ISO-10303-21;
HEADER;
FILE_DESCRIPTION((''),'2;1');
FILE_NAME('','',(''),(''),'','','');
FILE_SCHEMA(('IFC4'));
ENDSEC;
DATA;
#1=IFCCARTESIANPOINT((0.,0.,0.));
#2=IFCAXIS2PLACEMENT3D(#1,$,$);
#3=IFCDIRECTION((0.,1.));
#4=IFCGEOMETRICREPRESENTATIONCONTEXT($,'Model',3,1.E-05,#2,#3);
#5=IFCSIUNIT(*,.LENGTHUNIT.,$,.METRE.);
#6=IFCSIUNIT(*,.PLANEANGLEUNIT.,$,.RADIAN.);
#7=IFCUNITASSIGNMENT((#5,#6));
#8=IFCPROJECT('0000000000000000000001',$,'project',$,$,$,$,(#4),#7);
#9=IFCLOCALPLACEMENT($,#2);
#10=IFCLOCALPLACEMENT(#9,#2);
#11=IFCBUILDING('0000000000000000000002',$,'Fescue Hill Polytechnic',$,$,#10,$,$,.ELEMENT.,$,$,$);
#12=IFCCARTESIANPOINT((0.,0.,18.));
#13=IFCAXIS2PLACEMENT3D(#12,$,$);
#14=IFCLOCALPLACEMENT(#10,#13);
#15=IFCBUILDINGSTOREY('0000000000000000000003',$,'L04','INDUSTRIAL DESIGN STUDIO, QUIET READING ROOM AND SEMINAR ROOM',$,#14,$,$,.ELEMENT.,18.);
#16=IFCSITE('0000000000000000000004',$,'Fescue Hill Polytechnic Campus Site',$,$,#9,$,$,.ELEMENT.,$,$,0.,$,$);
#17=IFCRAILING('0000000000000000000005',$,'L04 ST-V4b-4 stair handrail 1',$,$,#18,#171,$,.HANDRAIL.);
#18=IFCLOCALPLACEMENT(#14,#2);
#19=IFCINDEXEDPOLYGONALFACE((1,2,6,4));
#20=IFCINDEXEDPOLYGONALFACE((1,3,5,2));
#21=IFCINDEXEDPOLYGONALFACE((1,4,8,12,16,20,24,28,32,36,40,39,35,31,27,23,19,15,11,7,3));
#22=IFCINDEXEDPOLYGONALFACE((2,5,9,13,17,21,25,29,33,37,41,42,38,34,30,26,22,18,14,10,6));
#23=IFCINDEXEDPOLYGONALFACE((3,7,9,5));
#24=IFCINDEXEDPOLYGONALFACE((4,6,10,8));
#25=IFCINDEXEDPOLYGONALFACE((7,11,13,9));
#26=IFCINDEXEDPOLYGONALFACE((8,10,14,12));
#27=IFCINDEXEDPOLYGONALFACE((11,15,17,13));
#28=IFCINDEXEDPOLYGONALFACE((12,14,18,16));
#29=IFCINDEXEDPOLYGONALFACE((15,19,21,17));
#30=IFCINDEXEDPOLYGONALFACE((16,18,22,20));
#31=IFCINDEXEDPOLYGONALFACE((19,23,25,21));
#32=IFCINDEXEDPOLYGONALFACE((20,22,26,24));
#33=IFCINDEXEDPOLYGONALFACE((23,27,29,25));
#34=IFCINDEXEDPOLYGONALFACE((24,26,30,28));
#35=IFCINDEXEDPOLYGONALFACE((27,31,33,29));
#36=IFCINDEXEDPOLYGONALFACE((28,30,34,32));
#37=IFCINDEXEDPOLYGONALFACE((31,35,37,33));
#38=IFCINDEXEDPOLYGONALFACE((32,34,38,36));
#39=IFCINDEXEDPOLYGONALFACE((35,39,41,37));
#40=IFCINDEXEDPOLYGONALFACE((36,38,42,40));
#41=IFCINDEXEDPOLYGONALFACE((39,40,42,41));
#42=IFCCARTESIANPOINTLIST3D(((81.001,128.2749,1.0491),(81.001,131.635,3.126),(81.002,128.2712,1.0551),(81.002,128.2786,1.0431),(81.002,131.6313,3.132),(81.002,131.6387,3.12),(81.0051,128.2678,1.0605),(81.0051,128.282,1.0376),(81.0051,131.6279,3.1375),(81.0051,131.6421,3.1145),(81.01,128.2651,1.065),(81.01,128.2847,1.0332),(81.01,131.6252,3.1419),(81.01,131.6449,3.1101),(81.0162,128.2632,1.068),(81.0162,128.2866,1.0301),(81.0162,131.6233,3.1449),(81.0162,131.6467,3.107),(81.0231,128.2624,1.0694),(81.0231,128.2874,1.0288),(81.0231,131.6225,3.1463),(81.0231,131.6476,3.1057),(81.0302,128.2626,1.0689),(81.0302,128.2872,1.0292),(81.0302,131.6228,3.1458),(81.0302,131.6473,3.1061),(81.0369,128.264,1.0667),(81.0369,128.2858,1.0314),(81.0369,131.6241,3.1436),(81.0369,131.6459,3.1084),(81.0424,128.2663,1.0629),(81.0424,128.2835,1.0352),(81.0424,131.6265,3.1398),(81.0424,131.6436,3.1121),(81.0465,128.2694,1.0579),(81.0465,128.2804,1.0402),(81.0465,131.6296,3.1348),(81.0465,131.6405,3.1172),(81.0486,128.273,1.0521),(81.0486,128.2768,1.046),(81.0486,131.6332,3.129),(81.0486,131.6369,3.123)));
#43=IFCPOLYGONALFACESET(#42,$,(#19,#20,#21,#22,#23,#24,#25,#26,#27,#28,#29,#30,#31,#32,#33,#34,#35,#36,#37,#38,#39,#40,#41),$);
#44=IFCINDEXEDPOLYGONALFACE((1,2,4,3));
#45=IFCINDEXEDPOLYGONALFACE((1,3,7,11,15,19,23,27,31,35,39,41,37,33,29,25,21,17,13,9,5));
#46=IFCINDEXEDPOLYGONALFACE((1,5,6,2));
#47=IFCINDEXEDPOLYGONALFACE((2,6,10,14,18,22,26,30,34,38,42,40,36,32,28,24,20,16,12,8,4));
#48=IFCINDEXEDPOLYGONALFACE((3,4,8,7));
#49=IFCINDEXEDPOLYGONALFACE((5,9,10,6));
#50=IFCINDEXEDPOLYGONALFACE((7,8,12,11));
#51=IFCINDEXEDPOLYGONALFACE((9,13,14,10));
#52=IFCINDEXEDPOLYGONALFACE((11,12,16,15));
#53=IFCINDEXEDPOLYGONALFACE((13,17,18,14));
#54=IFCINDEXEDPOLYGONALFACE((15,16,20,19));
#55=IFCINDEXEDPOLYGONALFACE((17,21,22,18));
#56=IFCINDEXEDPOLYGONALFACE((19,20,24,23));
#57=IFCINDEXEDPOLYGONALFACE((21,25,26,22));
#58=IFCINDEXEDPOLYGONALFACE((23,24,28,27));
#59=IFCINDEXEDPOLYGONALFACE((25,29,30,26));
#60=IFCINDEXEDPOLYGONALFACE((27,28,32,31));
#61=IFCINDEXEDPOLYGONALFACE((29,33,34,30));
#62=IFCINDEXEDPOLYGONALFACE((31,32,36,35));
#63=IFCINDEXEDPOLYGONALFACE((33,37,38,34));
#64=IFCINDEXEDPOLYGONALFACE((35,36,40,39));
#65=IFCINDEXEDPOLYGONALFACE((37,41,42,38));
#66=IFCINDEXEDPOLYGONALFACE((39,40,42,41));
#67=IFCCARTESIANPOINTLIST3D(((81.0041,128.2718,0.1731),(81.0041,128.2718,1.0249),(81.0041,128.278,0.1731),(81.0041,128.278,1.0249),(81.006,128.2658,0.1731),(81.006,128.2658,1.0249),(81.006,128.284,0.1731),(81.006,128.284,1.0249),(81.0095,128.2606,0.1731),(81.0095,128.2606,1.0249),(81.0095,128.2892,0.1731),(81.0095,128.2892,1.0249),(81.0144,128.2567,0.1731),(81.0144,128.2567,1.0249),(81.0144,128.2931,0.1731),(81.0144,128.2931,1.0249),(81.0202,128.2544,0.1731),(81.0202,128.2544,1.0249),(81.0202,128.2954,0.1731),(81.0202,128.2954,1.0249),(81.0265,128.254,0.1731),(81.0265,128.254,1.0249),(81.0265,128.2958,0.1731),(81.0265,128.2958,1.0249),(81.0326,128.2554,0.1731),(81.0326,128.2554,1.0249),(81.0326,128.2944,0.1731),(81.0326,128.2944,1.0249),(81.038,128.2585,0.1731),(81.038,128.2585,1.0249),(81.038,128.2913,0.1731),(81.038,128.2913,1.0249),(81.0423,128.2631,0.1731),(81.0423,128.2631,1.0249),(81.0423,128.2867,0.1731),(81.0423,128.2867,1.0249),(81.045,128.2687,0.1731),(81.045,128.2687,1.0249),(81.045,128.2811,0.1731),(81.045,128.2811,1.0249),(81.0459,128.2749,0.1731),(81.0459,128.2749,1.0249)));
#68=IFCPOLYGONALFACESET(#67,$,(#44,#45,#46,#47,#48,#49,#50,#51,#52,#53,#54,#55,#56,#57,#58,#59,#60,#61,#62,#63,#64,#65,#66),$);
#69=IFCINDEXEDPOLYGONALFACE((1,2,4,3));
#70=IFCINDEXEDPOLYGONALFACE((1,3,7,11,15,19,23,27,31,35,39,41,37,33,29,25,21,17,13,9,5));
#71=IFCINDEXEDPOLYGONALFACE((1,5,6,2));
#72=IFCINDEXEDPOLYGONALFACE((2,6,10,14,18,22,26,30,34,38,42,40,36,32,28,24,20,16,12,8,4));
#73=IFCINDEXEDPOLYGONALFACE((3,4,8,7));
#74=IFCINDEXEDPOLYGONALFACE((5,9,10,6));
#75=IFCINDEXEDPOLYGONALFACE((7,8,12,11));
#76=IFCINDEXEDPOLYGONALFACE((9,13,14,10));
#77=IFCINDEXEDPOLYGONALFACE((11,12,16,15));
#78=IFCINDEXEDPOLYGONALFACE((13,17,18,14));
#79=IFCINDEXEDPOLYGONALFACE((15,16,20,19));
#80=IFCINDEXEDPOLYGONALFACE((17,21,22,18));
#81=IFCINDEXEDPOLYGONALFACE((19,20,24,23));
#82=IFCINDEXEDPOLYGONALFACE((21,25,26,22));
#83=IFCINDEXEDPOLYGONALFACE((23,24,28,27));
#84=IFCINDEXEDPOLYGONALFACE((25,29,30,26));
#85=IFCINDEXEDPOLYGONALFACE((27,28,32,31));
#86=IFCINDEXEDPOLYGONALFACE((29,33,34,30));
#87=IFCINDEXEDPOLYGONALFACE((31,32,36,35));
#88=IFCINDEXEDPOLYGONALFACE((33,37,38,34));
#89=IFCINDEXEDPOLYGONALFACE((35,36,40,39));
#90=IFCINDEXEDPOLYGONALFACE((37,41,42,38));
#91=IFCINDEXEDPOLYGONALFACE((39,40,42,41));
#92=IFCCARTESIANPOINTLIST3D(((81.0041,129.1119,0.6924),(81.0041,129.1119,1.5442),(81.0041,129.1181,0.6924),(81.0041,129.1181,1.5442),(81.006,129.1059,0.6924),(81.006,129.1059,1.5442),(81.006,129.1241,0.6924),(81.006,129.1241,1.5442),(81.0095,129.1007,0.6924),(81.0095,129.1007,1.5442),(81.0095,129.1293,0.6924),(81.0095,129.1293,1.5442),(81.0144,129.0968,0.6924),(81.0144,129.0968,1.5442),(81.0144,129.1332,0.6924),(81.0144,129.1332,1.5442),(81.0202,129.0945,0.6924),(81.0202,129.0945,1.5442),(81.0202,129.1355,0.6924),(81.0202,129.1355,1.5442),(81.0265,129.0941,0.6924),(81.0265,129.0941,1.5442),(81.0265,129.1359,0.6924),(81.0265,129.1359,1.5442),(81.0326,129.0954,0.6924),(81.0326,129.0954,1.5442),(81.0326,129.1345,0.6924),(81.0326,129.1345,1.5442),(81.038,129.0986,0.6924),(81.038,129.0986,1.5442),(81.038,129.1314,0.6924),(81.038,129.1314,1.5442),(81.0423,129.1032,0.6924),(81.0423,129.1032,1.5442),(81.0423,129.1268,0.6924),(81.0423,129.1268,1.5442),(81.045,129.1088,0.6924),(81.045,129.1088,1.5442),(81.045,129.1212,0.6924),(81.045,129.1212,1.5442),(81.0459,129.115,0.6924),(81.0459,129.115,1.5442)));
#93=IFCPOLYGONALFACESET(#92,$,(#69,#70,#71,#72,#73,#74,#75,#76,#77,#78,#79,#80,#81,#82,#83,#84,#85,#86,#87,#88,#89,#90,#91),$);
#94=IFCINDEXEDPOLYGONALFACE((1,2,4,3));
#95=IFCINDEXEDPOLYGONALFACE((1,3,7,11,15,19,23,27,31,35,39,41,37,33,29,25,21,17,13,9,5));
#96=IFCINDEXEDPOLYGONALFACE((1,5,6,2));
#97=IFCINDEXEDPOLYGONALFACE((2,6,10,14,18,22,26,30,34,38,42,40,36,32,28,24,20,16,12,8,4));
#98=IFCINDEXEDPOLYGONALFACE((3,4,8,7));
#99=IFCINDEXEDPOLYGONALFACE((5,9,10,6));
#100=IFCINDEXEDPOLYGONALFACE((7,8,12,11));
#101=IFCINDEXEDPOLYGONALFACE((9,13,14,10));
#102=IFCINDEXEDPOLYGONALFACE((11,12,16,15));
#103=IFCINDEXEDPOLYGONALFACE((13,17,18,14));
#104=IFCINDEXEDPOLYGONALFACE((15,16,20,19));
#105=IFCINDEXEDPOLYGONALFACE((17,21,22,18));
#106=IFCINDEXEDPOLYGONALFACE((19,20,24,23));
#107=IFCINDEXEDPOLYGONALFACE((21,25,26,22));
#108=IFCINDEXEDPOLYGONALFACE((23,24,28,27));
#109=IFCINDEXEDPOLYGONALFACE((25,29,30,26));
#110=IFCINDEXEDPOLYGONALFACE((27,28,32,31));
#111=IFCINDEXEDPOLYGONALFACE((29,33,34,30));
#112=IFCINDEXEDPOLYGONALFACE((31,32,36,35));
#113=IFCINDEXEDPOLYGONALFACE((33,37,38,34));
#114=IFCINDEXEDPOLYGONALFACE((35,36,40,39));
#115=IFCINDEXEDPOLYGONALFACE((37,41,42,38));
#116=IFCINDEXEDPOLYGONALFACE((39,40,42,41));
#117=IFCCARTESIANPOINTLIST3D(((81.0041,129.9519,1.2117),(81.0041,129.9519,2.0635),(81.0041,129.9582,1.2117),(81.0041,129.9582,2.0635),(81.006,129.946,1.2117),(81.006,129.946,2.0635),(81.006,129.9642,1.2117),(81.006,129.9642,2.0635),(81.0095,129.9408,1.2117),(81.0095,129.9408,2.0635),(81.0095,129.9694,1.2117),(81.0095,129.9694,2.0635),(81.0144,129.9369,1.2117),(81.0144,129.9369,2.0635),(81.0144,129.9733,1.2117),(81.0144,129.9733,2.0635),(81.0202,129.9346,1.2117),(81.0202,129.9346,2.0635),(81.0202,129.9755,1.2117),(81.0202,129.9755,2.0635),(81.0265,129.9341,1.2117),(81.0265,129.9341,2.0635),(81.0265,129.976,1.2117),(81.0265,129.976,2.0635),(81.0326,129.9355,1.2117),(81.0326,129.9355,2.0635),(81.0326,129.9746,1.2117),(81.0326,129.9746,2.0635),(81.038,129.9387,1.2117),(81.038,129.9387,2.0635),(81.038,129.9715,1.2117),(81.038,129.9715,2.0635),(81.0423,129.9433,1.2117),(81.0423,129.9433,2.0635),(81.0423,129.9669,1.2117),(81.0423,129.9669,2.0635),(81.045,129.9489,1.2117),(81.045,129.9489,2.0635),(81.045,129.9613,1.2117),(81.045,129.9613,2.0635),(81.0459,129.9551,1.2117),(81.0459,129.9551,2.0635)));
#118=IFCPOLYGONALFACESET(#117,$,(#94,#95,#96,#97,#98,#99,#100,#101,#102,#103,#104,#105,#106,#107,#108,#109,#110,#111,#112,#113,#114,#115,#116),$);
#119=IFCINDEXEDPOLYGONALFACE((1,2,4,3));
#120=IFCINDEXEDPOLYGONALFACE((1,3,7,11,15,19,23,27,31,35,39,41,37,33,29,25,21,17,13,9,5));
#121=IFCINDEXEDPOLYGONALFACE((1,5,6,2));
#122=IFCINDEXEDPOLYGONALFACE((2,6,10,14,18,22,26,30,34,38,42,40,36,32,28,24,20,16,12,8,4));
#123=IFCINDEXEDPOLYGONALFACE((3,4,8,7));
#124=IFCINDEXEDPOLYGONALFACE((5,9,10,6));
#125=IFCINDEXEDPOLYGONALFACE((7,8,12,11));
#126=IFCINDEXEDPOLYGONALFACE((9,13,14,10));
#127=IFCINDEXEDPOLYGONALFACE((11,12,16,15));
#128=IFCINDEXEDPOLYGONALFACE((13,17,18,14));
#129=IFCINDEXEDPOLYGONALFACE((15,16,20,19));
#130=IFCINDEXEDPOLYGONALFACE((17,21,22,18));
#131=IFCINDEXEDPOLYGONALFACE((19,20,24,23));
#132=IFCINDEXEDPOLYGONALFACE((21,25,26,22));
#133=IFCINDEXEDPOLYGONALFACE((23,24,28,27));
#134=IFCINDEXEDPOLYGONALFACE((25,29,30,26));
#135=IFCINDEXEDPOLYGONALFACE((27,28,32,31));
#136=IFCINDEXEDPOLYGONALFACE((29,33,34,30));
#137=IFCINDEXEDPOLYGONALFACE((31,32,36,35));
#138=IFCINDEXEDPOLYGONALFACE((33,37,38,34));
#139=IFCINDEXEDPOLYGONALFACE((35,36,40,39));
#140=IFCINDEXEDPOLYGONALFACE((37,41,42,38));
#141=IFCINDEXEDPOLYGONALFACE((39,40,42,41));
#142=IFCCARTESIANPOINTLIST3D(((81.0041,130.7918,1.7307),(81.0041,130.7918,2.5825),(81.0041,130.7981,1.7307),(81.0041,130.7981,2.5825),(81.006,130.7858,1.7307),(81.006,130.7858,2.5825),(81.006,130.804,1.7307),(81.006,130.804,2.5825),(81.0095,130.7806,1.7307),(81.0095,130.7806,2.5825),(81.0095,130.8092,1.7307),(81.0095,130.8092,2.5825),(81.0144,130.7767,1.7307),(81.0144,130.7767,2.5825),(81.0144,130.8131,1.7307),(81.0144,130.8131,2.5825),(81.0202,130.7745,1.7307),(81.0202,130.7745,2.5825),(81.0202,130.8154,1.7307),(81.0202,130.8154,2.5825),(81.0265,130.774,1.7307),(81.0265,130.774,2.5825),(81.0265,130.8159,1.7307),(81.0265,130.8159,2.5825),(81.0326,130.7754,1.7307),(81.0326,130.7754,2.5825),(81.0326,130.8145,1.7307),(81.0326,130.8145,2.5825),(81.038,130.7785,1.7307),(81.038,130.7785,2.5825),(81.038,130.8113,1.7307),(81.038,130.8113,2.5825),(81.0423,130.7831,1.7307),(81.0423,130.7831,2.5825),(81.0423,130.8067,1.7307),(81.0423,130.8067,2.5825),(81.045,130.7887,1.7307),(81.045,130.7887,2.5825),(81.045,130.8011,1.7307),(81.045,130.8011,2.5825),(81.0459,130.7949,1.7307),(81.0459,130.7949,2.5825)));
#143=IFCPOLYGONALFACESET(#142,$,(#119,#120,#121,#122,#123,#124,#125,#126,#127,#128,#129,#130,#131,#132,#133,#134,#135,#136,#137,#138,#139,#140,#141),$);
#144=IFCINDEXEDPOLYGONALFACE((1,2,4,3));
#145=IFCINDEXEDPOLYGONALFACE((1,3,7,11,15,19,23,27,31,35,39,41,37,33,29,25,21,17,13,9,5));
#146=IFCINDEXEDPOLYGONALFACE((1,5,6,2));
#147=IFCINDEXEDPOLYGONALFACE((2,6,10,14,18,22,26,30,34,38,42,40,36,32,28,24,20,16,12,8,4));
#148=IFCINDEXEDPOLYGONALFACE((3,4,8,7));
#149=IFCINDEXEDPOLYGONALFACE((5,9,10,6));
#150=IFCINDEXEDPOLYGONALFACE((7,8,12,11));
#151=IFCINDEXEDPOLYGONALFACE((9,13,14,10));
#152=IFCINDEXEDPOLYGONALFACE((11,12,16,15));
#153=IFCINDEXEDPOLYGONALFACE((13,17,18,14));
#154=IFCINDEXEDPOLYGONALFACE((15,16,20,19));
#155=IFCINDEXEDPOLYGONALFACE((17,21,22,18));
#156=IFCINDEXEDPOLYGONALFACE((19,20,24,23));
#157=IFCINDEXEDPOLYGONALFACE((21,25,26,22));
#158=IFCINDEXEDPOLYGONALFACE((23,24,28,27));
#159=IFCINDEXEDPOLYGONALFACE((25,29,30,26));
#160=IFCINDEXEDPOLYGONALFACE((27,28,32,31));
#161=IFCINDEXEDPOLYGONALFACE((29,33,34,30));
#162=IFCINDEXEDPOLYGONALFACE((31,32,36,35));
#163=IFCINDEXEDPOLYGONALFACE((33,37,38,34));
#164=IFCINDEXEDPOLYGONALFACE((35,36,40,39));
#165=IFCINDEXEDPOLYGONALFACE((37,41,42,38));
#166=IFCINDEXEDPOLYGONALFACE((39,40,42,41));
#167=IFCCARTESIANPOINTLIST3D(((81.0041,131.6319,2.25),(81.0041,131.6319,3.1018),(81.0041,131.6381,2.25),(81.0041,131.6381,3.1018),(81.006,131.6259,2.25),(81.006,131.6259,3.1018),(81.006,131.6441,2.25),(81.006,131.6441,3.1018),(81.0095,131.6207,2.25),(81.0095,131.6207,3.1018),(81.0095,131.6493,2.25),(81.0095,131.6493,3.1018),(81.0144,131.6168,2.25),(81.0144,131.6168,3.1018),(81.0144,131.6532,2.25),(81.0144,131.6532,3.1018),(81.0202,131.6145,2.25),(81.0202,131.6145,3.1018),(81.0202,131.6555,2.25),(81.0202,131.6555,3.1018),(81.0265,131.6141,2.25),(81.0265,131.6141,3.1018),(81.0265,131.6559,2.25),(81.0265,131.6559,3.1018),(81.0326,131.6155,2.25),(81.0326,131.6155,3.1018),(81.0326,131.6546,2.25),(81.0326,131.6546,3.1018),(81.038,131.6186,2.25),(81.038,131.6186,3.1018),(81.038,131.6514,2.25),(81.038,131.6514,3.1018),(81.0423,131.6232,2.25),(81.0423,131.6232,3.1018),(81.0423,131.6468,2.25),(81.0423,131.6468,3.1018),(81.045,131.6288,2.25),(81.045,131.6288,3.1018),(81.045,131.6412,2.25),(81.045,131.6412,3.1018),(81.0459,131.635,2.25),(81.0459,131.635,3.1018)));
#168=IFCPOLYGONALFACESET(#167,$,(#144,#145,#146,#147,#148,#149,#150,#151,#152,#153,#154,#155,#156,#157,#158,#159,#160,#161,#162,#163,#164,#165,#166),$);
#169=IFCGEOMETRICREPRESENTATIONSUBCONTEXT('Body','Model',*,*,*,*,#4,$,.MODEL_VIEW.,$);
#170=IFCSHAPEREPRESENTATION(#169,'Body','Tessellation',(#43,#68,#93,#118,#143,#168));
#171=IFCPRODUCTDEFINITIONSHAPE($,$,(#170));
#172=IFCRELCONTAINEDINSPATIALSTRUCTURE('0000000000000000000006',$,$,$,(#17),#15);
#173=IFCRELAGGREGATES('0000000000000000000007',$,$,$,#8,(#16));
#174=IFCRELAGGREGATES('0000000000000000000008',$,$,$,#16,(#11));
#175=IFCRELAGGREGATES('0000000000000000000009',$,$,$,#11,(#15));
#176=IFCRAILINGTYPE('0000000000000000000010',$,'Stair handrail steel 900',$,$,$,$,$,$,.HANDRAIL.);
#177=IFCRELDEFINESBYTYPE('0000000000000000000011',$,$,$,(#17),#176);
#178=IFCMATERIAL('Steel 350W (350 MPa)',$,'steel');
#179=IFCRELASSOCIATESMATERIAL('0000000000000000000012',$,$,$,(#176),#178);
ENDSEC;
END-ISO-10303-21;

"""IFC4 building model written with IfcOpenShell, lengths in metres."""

from ifc_helpers import new_model, si_unit, direction, frame, origin, origin_2d, place, context, subcontext, project, spatial, circle, extrude, material, type_object, element, save


model = new_model("IFC4")

# Units and contexts
model_context = context("Model", 3, precision=1e-05, world=origin(), true_north=direction((0.0, 1.0)))
body_context = subcontext(model_context, "Body", "Model", "MODEL_VIEW")
ifc_project = project(units=[si_unit("LENGTHUNIT", "METRE"), si_unit("PLANEANGLEUNIT", "RADIAN")], contexts=[model_context])

# Site, building, storey
site_placement = place(None, origin())
site = spatial("IfcSite", under=ifc_project, at=site_placement, Name="Fescue Hill Polytechnic Campus Site", CompositionType="ELEMENT", RefElevation=0.0)
building_placement = place(site_placement, origin())
building = spatial("IfcBuilding", under=site, at=building_placement, Name="Fescue Hill Polytechnic", CompositionType="ELEMENT")
storey_placement = place(building_placement, frame((0.0, 0.0, 18.0)))
storey = spatial("IfcBuildingStorey", under=building, at=storey_placement, Name="L04", Description="INDUSTRIAL DESIGN STUDIO, QUIET READING ROOM AND SEMINAR ROOM", CompositionType="ELEMENT", Elevation=18.0)

# Railing
ifc_material_1 = material(Name="Steel 350W (350 MPa)", Category="steel")
railing_type_1 = type_object("IfcRailingType", Name="Stair handrail steel 900", PredefinedType="HANDRAIL", material=ifc_material_1)
for number, where, name in (
    (1, (81.0249, 128.2749, 0.1731), "L04 ST-V4b-4 stair handrail 1"),
):
    element("IfcRailing", number, at=place(storey_placement, frame(where)), inside=storey, type_object=railing_type_1, Name=name, PredefinedType="HANDRAIL", context=body_context, shape_type="SweptSolid", body=[
        extrude(circle(Radius=0.0239, at=origin_2d()), frame((0.0, 0.0, 0.876), z_axis=(0.0, 0.850623, 0.525776), x_axis=(-1.0, 0.0, 0.0)), (0.0, 0.0, 1.0), 3.9502),
        extrude(circle(Radius=0.021, at=origin_2d()), origin(), (0.0, 0.0, 1.0), 0.8518),
        extrude(circle(Radius=0.021, at=origin_2d()), frame((0.0, 0.8401, 0.5193)), (0.0, 0.0, 1.0), 0.8518),
        extrude(circle(Radius=0.021, at=origin_2d()), frame((0.0, 1.6802, 1.0386)), (0.0, 0.0, 1.0), 0.8518),
        extrude(circle(Radius=0.021, at=origin_2d()), frame((0.0, 2.52, 1.5576)), (0.0, 0.0, 1.0), 0.8518),
        extrude(circle(Radius=0.021, at=origin_2d()), frame((0.0, 3.3601, 2.0769)), (0.0, 0.0, 1.0), 0.8518),
    ])

save(model, "model.ifc")
